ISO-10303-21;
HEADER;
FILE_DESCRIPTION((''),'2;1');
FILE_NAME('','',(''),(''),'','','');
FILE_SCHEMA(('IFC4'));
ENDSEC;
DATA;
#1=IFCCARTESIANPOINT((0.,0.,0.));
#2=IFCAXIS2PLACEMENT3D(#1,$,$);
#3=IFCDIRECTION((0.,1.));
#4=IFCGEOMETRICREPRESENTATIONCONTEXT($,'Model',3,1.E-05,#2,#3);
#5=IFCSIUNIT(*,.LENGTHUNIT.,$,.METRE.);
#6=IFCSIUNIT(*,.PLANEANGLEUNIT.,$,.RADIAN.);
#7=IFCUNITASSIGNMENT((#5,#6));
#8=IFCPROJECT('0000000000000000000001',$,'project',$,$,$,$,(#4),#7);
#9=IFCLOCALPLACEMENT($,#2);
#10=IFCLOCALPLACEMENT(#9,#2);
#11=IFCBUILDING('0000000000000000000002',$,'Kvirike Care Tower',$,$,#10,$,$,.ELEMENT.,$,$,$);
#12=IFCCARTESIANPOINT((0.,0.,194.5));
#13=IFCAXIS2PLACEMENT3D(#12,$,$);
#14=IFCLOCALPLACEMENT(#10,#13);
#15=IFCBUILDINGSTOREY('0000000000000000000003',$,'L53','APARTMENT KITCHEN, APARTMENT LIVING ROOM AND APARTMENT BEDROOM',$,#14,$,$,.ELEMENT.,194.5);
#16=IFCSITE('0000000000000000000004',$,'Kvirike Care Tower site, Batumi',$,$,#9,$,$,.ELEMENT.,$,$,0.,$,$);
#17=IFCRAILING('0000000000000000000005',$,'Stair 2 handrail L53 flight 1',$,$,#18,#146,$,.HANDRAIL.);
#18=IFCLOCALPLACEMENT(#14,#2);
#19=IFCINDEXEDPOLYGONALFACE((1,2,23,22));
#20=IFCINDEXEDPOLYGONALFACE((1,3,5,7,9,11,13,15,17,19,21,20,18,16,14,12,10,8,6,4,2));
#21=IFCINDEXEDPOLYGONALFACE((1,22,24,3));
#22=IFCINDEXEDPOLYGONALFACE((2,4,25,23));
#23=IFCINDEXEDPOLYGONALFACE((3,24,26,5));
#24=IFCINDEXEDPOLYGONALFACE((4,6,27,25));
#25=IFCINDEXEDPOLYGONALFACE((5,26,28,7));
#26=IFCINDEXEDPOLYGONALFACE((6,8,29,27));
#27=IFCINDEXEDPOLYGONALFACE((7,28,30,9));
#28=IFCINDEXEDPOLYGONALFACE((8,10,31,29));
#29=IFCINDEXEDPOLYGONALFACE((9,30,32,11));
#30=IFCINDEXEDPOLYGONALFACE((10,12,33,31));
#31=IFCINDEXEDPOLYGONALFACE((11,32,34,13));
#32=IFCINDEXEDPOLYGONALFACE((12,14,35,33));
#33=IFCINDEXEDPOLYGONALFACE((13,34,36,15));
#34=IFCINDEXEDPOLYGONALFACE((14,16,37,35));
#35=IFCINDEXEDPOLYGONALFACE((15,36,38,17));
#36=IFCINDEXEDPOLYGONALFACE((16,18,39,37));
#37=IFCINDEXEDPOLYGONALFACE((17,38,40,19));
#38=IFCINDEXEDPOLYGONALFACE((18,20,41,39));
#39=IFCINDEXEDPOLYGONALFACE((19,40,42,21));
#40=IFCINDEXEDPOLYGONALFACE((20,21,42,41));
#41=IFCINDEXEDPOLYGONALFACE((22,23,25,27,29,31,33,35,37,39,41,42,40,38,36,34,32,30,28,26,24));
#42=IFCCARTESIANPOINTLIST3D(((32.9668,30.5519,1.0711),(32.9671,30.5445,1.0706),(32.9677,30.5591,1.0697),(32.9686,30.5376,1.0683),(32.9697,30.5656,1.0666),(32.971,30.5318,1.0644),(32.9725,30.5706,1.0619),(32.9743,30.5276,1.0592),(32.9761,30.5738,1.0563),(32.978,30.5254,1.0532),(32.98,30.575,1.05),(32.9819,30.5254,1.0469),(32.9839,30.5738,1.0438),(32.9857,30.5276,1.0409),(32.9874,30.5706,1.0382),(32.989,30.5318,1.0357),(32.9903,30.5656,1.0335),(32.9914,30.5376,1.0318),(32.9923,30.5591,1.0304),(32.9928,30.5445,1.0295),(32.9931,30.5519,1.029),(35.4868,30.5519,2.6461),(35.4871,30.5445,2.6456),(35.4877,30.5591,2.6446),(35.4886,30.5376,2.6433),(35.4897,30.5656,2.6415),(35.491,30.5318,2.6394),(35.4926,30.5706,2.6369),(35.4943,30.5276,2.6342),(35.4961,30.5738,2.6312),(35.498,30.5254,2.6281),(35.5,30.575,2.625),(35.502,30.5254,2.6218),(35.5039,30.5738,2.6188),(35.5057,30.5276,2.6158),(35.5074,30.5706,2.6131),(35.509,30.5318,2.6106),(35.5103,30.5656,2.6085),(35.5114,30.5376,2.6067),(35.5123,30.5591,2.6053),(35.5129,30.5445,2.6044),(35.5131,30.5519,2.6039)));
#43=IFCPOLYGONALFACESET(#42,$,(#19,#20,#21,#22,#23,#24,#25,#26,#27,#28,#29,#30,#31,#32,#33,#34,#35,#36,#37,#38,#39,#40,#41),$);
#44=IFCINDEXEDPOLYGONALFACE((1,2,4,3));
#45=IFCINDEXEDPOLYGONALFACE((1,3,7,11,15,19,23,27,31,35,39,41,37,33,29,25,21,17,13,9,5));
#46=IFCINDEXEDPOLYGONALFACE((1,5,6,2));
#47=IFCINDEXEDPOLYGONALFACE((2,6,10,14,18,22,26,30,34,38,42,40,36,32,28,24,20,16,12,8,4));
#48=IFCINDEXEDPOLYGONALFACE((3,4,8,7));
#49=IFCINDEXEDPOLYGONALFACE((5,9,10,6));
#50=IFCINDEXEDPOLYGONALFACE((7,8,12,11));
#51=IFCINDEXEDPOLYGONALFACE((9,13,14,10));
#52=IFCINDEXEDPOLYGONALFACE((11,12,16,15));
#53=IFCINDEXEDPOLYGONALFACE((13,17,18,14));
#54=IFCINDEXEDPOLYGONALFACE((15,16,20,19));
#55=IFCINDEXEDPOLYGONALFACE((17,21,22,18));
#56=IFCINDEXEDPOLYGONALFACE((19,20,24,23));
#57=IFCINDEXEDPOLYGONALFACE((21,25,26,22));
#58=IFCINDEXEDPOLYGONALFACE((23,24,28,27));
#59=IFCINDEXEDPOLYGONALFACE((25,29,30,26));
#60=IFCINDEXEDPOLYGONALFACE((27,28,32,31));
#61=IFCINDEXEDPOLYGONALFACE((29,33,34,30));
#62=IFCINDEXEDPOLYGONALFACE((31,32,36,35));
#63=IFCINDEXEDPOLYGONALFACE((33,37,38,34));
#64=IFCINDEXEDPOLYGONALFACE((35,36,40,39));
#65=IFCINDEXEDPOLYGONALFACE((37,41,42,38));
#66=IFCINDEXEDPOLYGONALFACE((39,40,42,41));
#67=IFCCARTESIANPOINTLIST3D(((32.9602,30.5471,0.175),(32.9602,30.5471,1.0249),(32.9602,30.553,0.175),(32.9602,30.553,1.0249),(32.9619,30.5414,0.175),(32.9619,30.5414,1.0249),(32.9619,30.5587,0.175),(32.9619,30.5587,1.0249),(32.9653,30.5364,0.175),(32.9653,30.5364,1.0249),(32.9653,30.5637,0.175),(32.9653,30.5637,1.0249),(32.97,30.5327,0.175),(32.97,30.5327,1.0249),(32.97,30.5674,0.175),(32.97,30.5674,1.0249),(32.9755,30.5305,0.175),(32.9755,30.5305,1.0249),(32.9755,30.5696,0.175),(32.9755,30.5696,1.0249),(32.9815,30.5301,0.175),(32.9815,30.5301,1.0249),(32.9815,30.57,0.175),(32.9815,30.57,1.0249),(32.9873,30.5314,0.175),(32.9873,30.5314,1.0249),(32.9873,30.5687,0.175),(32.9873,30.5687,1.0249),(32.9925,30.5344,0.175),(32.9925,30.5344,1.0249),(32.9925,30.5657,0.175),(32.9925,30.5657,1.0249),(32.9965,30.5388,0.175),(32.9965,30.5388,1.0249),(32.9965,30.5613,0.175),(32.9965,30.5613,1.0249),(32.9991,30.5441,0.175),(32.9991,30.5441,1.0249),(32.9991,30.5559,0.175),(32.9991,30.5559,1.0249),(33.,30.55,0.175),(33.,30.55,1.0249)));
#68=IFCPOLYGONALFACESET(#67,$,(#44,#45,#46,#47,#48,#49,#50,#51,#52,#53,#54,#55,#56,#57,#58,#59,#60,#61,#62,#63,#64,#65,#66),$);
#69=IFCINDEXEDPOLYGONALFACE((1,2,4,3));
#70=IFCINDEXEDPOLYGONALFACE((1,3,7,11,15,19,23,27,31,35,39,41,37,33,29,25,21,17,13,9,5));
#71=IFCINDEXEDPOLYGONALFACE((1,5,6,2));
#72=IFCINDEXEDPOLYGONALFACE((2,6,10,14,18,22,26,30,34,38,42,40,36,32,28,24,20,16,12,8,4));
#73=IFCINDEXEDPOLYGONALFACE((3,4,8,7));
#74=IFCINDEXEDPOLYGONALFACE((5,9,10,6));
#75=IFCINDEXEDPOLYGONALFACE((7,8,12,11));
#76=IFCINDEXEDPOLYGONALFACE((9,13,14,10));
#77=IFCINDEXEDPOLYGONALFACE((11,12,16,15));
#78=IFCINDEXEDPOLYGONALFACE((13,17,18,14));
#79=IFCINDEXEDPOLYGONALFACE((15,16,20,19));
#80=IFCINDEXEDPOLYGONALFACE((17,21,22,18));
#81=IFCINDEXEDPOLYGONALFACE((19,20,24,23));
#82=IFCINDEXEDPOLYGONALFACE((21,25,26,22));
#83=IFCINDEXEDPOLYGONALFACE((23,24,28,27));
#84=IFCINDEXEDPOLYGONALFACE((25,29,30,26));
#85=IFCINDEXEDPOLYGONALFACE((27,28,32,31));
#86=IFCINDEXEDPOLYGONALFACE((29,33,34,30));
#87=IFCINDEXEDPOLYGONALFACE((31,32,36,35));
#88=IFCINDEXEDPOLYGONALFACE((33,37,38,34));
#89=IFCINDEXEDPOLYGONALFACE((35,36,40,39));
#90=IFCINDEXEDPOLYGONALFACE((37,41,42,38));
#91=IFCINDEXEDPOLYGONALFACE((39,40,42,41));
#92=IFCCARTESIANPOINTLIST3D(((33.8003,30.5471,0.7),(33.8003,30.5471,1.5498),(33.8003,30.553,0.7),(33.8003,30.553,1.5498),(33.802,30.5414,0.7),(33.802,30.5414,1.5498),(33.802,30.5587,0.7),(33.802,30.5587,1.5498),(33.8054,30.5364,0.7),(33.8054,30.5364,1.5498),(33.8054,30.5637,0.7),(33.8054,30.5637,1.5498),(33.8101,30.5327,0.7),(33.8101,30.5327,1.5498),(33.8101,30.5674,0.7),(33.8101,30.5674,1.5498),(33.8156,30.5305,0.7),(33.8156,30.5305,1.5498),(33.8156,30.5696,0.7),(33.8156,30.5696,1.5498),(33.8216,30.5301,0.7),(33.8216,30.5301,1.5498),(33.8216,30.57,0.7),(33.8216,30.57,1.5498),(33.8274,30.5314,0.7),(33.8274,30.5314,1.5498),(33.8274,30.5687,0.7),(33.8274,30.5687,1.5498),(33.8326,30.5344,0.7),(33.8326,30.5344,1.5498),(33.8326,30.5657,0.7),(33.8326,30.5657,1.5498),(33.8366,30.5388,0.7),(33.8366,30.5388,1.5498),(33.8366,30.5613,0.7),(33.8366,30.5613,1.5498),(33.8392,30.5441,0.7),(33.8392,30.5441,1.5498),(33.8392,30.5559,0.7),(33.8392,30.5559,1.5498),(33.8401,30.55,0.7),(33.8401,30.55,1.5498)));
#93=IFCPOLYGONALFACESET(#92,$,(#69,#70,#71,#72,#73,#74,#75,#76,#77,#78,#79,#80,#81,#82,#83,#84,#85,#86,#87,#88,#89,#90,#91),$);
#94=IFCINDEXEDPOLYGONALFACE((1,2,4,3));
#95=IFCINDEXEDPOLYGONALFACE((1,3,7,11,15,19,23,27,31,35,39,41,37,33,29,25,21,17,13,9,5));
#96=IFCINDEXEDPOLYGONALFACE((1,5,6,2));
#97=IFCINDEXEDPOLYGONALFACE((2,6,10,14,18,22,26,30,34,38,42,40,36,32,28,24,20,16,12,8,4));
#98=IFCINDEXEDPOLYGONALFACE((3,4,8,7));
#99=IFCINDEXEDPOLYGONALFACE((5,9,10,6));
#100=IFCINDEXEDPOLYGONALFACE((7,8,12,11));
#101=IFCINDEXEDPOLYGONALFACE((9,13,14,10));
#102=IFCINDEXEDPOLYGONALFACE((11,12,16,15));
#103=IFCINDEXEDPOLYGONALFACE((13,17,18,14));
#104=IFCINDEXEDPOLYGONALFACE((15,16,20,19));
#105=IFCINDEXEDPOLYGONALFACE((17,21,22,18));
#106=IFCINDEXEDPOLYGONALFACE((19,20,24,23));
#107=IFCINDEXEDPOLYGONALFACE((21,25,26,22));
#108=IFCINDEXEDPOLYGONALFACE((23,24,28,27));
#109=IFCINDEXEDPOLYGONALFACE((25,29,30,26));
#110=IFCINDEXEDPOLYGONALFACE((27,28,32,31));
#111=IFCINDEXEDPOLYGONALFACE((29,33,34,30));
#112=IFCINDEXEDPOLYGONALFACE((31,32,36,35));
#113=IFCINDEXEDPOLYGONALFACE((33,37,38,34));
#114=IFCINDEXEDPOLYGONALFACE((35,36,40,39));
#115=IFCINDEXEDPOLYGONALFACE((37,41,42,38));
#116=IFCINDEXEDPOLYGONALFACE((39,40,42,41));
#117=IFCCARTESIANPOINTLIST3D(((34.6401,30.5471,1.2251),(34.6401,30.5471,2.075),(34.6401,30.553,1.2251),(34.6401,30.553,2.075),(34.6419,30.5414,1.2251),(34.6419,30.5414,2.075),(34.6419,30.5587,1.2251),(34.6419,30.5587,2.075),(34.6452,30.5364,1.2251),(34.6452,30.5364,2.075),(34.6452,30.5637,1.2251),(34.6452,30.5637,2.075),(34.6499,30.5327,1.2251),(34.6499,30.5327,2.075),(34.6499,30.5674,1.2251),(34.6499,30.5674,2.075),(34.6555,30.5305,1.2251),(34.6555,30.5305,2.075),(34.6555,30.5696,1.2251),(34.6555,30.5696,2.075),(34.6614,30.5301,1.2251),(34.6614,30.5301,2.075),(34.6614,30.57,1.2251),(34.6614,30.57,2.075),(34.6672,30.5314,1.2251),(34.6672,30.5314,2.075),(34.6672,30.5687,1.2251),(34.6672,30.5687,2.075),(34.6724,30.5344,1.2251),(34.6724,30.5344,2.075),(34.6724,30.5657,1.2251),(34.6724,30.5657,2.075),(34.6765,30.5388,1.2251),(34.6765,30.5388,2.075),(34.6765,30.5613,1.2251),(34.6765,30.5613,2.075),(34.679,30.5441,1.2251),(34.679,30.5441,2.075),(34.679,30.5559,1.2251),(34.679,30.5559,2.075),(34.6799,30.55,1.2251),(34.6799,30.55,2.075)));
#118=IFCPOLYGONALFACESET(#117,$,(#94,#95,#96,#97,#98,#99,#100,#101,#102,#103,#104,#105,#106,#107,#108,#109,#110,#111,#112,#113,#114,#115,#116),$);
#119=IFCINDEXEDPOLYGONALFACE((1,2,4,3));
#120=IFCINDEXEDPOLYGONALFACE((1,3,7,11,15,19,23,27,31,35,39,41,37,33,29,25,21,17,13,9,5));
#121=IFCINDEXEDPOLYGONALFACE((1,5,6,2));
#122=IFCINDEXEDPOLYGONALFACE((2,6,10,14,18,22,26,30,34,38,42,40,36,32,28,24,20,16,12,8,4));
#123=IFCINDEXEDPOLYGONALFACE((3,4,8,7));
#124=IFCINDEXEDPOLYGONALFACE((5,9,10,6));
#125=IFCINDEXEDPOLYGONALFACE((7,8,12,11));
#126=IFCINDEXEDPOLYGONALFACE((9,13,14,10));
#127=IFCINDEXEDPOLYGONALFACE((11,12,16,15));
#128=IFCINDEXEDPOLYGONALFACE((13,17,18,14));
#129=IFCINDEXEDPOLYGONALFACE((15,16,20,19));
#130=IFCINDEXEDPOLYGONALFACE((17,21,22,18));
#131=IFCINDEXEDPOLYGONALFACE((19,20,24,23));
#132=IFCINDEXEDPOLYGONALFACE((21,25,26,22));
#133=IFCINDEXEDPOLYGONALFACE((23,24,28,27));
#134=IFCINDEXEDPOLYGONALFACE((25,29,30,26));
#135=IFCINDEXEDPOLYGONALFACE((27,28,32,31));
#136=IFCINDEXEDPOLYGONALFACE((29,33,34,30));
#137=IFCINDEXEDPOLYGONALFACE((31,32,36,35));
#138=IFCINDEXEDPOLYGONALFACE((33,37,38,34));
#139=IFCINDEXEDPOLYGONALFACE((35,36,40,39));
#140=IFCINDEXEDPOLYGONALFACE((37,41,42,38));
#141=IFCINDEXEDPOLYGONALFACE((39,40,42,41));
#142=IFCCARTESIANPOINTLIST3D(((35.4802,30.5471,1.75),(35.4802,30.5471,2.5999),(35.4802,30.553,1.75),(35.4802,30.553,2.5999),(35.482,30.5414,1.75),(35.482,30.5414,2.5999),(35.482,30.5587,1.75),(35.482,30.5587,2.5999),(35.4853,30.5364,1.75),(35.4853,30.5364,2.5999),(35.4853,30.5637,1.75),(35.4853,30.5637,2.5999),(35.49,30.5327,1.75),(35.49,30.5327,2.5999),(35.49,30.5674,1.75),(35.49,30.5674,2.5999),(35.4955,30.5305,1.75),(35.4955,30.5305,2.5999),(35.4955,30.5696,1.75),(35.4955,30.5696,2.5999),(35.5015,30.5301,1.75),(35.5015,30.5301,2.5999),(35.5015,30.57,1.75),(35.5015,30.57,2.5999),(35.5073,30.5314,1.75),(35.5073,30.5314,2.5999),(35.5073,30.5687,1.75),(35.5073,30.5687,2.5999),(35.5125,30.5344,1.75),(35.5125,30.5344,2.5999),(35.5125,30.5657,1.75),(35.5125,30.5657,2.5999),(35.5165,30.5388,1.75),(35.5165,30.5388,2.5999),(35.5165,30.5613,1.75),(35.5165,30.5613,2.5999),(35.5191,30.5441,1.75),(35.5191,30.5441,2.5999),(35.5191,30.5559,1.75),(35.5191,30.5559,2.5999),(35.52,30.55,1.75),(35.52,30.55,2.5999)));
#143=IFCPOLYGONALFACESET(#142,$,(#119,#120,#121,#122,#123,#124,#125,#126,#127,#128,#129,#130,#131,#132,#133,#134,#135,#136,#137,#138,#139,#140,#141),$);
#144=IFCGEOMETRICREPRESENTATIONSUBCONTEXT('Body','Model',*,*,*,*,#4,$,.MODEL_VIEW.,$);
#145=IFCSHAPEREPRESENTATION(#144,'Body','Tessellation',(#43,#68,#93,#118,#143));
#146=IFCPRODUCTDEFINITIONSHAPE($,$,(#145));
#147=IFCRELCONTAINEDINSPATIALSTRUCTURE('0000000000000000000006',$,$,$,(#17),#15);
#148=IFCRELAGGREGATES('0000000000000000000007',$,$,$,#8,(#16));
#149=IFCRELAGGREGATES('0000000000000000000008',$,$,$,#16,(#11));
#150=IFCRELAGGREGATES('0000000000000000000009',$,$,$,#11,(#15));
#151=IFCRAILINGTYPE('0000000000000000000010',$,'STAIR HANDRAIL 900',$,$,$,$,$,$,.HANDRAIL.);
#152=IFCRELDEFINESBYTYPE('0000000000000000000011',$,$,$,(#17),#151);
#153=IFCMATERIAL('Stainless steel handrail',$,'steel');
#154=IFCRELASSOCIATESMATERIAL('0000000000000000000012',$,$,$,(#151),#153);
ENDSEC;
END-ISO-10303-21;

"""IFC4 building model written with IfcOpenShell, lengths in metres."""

from ifc_helpers import new_model, si_unit, direction, frame, origin, origin_2d, place, context, subcontext, project, spatial, circle, extrude, material, type_object, element, save


model = new_model("IFC4")

# Units and contexts
model_context = context("Model", 3, precision=1e-05, world=origin(), true_north=direction((0.0, 1.0)))
body_context = subcontext(model_context, "Body", "Model", "MODEL_VIEW")
ifc_project = project(units=[si_unit("LENGTHUNIT", "METRE"), si_unit("PLANEANGLEUNIT", "RADIAN")], contexts=[model_context])

# Site, building, storey
site_placement = place(None, origin())
site = spatial("IfcSite", under=ifc_project, at=site_placement, Name="Kvirike Care Tower site, Batumi", CompositionType="ELEMENT", RefElevation=0.0)
building_placement = place(site_placement, origin())
building = spatial("IfcBuilding", under=site, at=building_placement, Name="Kvirike Care Tower", CompositionType="ELEMENT")
storey_placement = place(building_placement, frame((0.0, 0.0, 194.5)))
storey = spatial("IfcBuildingStorey", under=building, at=storey_placement, Name="L53", Description="APARTMENT KITCHEN, APARTMENT LIVING ROOM AND APARTMENT BEDROOM", CompositionType="ELEMENT", Elevation=194.5)

# Railing
ifc_material_1 = material(Name="Stainless steel handrail", Category="steel")
railing_type = type_object("IfcRailingType", Name="STAIR HANDRAIL 900", PredefinedType="HANDRAIL", material=ifc_material_1)
railing_1_placement = place(storey_placement, frame((32.98, 30.55, 0.175)))
element("IfcRailing", 1, at=railing_1_placement, inside=storey, type_object=railing_type, Name="Stair 2 handrail L53 flight 1", PredefinedType="HANDRAIL", context=body_context, shape_type="SweptSolid", body=[
    extrude(circle(Radius=0.0249, at=origin_2d()), frame((0.0, 0.0, 0.875), z_axis=(0.848008, 0.0, 0.529984), x_axis=(0.0, 1.0, 0.0)), (0.0, 0.0, 1.0), 2.9717),
    extrude(circle(Radius=0.02, at=origin_2d()), origin(), (0.0, 0.0, 1.0), 0.8499),
    extrude(circle(Radius=0.02, at=origin_2d()), frame((0.8401, 0.0, 0.5249)), (0.0, 0.0, 1.0), 0.8499),
    extrude(circle(Radius=0.02, at=origin_2d()), frame((1.6799, 0.0, 1.05)), (0.0, 0.0, 1.0), 0.8499),
    extrude(circle(Radius=0.02, at=origin_2d()), frame((2.52, 0.0, 1.575)), (0.0, 0.0, 1.0), 0.8499),
])

save(model, "model.ifc")
